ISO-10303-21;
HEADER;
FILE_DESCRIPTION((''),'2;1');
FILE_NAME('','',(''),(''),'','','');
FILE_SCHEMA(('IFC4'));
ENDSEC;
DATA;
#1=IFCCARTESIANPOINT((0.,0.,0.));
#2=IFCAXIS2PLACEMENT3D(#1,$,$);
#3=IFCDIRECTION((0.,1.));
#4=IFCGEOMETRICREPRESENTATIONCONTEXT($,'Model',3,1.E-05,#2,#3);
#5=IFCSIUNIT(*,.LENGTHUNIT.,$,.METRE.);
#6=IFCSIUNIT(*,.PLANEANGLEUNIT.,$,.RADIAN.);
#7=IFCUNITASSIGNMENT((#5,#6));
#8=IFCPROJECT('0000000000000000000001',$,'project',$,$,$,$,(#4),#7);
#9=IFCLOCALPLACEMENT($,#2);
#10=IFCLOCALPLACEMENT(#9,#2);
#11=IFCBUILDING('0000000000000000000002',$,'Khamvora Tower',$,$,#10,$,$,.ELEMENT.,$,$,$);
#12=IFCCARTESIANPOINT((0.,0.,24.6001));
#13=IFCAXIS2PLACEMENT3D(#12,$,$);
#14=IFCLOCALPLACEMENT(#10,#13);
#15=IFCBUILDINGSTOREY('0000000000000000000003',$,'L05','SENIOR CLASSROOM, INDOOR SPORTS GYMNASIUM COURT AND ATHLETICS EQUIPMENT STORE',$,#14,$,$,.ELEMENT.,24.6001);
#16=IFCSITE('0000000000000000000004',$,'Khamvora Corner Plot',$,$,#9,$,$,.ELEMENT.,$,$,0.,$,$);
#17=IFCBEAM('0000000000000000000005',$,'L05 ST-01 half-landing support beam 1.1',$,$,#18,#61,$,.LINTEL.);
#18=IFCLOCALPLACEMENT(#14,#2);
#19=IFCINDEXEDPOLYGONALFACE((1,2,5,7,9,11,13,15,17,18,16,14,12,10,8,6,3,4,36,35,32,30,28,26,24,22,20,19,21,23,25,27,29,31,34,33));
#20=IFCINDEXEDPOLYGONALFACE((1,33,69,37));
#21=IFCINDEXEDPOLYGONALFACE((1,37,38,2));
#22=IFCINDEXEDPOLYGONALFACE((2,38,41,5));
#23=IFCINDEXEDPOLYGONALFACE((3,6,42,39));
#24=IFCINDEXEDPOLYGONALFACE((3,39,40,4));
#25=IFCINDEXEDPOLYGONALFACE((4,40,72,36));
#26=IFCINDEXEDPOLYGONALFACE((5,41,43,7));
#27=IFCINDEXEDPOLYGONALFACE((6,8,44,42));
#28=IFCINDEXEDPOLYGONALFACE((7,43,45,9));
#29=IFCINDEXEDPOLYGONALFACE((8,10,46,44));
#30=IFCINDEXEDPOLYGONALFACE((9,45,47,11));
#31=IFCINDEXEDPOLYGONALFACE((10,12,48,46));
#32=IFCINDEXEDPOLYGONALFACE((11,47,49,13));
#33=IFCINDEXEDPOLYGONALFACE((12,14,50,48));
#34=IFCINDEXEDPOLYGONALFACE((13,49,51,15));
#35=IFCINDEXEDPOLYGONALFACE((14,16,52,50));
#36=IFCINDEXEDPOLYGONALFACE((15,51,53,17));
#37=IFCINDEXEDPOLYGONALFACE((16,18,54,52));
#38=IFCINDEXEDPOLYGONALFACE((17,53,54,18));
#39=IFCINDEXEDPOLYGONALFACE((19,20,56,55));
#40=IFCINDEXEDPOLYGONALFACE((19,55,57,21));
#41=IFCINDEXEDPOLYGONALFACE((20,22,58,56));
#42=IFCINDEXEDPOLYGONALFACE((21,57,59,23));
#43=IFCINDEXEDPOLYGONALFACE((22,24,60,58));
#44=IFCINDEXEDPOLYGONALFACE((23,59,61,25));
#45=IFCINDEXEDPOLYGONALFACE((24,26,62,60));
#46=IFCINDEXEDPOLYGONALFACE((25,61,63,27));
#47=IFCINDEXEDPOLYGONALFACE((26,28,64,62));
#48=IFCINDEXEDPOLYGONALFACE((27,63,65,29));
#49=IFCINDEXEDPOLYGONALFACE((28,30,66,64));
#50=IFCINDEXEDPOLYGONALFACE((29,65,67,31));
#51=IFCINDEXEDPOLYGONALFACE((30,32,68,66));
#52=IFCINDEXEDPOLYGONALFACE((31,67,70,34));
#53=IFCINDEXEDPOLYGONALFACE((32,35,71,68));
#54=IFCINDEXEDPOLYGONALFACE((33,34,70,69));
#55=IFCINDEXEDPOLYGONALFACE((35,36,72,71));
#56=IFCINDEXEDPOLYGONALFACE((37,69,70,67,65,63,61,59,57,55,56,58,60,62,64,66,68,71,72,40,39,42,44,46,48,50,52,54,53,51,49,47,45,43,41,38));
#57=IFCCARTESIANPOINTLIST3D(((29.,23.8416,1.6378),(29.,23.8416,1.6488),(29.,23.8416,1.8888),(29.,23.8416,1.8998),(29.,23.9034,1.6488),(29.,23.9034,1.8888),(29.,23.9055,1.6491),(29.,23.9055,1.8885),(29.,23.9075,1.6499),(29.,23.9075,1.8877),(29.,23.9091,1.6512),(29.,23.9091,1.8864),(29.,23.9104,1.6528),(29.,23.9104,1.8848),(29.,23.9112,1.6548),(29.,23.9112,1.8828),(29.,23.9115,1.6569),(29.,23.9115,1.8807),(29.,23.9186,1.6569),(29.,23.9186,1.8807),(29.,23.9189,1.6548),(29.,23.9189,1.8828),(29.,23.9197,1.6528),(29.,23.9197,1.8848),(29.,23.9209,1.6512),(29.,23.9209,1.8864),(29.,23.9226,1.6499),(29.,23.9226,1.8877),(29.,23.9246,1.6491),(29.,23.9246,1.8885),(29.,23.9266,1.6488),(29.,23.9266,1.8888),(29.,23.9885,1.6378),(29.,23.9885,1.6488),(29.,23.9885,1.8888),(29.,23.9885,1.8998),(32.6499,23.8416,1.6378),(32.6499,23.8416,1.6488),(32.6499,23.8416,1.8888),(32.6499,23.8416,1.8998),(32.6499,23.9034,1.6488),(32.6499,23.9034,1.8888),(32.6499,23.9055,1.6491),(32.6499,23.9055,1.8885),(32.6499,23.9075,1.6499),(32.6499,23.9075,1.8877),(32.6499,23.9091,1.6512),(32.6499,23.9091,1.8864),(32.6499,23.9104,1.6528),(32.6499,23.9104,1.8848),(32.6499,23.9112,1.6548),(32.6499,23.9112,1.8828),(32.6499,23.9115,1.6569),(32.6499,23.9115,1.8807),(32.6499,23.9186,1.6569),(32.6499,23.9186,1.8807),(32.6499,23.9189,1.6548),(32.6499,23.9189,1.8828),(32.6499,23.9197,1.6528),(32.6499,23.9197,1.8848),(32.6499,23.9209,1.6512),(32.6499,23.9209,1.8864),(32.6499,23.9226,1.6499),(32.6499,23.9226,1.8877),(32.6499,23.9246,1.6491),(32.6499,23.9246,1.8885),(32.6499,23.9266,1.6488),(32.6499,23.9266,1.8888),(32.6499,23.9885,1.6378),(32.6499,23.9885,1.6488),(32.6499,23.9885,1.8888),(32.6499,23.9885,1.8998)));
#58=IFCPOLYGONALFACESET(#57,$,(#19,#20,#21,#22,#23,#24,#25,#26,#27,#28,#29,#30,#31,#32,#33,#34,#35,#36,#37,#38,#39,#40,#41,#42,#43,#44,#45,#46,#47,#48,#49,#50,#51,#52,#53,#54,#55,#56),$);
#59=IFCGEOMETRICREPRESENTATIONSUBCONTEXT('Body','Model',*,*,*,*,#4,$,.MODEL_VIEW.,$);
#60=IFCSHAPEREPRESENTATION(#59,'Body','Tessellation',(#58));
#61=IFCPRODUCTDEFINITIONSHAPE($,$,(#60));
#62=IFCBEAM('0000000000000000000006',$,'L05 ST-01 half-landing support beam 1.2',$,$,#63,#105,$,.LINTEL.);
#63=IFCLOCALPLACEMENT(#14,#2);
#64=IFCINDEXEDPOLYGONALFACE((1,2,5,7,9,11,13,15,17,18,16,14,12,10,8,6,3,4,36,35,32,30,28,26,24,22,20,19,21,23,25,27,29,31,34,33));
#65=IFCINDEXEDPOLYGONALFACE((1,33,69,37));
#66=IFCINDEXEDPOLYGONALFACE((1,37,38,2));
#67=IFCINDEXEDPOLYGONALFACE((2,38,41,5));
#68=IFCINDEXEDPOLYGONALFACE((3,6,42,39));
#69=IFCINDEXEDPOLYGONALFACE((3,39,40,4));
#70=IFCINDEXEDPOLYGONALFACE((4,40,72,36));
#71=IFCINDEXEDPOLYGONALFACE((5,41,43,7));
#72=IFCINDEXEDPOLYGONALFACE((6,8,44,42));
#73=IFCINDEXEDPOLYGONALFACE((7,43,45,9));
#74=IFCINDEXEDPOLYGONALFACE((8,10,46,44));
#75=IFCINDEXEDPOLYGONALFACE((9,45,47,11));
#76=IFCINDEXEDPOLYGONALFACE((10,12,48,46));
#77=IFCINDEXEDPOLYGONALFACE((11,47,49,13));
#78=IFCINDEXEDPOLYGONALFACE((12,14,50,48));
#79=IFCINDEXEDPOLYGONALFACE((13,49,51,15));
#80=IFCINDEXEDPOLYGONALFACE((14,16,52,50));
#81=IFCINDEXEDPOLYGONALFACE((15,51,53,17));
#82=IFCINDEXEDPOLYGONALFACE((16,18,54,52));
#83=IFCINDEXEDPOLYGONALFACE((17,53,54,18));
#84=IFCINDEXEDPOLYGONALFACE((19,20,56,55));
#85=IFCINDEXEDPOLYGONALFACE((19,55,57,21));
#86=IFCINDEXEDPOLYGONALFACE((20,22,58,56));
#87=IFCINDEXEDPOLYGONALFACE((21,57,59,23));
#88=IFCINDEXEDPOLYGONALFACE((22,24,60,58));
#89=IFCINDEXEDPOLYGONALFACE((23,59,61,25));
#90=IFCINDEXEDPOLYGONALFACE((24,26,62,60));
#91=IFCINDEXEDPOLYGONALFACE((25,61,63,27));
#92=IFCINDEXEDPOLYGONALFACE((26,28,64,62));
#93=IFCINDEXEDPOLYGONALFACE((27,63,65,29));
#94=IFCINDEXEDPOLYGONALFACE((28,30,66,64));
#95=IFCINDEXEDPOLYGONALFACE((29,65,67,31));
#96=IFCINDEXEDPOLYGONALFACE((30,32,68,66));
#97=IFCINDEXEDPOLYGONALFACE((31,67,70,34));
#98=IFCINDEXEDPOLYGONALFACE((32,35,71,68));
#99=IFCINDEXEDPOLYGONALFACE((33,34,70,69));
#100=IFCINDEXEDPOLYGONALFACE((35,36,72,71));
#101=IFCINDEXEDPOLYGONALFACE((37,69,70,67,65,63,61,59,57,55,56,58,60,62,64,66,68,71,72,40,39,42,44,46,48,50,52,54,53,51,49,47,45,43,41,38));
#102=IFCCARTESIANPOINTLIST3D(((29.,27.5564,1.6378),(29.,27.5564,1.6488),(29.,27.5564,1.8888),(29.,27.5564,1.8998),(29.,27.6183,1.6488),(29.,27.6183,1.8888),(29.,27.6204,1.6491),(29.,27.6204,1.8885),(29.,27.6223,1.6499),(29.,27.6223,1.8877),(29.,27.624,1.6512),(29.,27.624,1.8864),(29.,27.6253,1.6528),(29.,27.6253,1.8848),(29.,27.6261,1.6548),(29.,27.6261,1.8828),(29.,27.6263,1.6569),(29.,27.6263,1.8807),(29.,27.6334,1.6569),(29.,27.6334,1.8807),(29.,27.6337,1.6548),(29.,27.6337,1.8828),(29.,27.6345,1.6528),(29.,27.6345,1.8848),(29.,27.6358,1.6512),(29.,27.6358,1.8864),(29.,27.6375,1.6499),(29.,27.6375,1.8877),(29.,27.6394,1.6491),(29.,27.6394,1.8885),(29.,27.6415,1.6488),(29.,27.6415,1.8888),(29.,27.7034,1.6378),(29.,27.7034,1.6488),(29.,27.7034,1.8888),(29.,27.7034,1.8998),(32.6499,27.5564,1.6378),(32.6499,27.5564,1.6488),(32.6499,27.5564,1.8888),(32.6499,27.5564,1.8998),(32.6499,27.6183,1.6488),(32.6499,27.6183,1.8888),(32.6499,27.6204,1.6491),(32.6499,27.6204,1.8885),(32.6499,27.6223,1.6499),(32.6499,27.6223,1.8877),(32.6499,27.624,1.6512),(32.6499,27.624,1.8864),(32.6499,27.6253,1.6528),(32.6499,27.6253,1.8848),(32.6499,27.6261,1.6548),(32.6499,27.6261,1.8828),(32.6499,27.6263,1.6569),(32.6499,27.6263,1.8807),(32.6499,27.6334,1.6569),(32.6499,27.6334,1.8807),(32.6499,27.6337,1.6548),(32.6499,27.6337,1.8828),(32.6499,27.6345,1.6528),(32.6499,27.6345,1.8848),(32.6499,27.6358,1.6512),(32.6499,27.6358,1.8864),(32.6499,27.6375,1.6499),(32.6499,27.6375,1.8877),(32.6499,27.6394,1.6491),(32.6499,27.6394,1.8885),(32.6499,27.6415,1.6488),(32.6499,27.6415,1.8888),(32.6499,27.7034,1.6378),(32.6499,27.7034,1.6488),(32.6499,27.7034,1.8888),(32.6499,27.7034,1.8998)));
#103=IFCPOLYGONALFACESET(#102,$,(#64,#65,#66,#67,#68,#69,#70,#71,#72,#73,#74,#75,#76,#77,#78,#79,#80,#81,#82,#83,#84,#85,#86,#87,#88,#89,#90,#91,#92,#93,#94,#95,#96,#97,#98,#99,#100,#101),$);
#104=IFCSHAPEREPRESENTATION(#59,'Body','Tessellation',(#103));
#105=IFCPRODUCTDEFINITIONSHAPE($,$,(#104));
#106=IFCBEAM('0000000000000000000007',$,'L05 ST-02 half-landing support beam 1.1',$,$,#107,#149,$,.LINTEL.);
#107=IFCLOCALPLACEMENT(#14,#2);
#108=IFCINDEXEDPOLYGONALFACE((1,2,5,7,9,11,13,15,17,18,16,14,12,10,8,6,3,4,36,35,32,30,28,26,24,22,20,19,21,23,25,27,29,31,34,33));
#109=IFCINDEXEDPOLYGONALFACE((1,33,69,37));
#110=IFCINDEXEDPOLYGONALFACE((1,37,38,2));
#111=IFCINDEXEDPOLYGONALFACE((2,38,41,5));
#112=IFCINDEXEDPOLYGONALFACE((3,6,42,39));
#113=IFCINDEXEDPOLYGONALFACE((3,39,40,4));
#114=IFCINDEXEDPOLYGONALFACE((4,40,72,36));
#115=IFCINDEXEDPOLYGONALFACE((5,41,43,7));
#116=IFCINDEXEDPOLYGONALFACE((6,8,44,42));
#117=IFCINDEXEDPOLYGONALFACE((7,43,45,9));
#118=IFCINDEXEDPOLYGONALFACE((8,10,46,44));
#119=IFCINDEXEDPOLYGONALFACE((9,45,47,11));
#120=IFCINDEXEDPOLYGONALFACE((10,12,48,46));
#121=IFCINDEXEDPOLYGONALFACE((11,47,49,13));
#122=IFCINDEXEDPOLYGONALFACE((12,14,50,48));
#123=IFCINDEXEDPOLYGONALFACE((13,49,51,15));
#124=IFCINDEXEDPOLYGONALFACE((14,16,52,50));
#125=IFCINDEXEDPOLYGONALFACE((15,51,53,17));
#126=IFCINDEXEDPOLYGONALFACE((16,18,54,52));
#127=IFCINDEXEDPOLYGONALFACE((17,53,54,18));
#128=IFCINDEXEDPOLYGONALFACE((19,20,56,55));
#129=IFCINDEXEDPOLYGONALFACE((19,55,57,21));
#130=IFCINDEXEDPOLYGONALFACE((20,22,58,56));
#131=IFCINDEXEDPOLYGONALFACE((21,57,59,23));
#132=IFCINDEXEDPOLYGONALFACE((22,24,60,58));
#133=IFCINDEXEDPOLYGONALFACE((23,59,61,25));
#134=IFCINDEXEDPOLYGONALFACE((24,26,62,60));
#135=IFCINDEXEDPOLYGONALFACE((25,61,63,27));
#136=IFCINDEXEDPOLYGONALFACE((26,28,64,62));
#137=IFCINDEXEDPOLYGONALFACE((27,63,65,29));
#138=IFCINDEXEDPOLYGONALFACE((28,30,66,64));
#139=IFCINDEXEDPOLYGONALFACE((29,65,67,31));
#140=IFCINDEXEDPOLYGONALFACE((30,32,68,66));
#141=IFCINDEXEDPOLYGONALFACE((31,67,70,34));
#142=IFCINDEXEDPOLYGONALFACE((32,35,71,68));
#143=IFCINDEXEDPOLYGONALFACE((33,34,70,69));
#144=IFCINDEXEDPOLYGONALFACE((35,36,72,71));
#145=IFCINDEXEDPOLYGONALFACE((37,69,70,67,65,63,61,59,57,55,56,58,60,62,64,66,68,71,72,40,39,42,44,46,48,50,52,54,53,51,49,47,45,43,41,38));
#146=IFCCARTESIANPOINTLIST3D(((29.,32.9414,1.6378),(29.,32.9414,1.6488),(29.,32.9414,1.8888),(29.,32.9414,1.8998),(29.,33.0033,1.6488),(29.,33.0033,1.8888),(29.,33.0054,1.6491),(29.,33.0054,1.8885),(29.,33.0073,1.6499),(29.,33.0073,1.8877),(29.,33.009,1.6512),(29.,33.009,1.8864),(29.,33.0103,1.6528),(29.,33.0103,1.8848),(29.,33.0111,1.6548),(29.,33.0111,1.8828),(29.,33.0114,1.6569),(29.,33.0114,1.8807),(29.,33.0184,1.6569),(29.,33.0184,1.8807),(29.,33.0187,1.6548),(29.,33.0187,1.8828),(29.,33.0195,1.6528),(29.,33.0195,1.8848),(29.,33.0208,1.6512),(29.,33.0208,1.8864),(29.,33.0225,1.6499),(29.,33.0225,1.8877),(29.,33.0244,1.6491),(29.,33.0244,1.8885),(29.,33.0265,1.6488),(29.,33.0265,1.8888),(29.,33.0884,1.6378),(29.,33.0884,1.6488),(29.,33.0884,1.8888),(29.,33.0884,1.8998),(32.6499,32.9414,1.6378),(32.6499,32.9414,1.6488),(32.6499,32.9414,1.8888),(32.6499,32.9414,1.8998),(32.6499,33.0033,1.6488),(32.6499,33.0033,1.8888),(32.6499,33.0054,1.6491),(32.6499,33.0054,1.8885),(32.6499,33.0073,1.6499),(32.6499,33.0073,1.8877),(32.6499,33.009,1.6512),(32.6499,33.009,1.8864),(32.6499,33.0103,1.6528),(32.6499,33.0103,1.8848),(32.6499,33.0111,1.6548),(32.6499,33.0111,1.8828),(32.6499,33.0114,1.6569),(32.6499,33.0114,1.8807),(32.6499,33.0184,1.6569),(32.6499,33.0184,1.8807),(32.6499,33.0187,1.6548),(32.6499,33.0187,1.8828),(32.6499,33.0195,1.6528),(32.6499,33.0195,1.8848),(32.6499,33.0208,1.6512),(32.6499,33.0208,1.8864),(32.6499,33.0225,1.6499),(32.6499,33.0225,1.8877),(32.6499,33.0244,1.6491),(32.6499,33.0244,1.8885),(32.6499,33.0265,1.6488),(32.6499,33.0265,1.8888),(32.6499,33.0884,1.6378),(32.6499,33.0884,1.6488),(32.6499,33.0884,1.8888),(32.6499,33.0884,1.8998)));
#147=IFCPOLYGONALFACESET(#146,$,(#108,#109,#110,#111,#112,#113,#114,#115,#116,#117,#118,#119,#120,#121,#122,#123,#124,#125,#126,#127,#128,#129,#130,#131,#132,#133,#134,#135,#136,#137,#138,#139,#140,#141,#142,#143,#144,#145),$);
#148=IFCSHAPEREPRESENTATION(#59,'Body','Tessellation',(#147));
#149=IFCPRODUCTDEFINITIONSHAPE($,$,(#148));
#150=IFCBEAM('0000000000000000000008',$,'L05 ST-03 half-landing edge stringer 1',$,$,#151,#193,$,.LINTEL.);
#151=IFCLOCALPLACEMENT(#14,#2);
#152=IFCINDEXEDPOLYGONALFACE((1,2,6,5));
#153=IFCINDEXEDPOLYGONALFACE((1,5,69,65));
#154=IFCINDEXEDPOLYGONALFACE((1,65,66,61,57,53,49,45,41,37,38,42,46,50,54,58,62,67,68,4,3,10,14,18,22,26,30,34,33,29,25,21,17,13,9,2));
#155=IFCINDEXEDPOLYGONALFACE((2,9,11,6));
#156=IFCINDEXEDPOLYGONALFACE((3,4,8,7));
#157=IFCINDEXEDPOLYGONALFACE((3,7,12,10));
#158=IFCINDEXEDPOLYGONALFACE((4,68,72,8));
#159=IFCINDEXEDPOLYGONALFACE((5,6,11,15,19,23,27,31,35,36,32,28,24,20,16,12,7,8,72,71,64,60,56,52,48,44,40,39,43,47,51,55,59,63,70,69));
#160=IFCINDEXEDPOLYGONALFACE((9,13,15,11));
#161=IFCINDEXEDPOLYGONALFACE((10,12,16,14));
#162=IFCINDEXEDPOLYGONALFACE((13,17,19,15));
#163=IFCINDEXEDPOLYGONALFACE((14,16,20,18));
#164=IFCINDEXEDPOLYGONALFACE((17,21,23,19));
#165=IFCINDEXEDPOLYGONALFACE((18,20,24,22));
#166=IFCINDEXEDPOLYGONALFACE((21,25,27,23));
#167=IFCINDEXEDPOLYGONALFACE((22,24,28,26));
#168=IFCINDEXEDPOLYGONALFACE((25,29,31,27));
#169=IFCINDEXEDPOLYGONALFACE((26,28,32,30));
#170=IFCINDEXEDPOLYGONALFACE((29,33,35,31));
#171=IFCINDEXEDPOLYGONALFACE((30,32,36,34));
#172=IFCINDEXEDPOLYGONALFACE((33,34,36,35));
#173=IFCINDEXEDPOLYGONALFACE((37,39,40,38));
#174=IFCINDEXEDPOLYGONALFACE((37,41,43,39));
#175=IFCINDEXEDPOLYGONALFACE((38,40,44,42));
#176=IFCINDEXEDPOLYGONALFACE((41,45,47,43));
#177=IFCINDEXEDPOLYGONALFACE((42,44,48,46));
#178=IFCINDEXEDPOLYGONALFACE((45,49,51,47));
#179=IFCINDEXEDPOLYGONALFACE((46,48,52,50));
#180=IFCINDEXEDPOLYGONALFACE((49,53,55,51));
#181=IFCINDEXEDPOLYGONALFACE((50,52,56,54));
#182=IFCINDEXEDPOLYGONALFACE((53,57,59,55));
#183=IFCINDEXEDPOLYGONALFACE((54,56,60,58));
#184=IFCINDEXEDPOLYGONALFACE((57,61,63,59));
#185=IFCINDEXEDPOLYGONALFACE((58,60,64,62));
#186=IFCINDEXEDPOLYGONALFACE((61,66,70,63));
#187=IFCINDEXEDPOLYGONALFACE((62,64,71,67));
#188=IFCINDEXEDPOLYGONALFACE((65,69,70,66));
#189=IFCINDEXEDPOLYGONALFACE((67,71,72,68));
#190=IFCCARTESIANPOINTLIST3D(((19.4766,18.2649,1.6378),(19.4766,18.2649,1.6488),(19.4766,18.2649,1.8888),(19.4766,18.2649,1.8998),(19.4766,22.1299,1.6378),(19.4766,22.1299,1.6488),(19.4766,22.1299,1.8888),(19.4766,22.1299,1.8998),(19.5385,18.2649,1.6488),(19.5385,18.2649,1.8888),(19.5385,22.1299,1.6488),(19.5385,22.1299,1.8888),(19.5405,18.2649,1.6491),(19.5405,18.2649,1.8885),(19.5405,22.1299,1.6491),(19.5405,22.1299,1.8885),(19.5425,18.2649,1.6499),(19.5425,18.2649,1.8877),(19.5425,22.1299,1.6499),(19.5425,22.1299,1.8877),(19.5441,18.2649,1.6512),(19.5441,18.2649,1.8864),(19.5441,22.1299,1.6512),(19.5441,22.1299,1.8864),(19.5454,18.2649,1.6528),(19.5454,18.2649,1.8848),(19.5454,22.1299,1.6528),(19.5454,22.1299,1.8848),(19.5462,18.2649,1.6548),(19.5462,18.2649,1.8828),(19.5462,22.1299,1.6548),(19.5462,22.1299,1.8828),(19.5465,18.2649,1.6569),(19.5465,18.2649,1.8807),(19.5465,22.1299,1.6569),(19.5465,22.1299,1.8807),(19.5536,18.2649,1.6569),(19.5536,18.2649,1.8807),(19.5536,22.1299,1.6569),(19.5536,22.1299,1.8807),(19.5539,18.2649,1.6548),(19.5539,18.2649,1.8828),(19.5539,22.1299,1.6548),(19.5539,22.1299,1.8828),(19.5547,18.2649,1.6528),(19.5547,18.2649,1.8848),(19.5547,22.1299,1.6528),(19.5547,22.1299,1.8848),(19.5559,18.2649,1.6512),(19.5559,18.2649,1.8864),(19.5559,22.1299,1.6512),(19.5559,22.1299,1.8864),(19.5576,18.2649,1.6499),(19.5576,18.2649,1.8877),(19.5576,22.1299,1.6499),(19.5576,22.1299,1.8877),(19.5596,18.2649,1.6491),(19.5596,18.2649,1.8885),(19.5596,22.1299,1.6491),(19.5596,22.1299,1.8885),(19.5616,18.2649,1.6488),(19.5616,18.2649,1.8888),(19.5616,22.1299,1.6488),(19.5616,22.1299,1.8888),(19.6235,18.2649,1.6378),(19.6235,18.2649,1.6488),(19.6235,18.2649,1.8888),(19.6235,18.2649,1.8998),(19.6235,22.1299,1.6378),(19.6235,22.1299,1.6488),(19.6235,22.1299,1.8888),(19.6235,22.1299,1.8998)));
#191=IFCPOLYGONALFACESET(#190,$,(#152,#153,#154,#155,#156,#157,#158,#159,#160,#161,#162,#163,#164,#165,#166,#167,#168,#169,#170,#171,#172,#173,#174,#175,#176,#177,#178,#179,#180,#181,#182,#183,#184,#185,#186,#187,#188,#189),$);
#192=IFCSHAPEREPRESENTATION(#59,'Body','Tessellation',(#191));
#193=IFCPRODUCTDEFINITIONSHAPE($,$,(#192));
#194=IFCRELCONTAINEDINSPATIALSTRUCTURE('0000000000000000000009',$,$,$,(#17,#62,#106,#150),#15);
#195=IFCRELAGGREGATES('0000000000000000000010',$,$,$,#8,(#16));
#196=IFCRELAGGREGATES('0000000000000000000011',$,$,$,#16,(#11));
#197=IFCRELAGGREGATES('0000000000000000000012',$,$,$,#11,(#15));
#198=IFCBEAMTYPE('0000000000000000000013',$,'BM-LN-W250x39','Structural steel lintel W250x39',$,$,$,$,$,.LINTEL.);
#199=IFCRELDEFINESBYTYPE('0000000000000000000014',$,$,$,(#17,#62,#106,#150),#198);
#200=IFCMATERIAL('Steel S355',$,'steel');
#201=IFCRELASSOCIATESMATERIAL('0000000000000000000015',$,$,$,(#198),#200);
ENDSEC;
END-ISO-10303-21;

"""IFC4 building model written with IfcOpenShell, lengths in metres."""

from ifc_helpers import new_model, si_unit, direction, frame, origin, origin_2d, place, context, subcontext, project, spatial, i_section, extrude, material, material_profile, profile_set, type_object, element, save


model = new_model("IFC4")

# Units and contexts
model_context = context("Model", 3, precision=1e-05, world=origin(), true_north=direction((0.0, 1.0)))
body_context = subcontext(model_context, "Body", "Model", "MODEL_VIEW")
ifc_project = project(units=[si_unit("LENGTHUNIT", "METRE"), si_unit("PLANEANGLEUNIT", "RADIAN")], contexts=[model_context])

# Site, building, storey
site_placement = place(None, origin())
site = spatial("IfcSite", under=ifc_project, at=site_placement, Name="Khamvora Corner Plot", CompositionType="ELEMENT", RefElevation=0.0)
building_placement = place(site_placement, origin())
building = spatial("IfcBuilding", under=site, at=building_placement, Name="Khamvora Tower", CompositionType="ELEMENT")
storey_placement = place(building_placement, frame((0.0, 0.0, 24.6001)))
storey = spatial("IfcBuildingStorey", under=building, at=storey_placement, Name="L05", Description="SENIOR CLASSROOM, INDOOR SPORTS GYMNASIUM COURT AND ATHLETICS EQUIPMENT STORE", CompositionType="ELEMENT", Elevation=24.6001)

# Beams
ifc_material_1 = material(Name="Steel S355", Category="steel")
ifc_material_profile_1 = material_profile(ifc_material_1, i_section(OverallWidth=0.147, OverallDepth=0.262, WebThickness=0.0071, FlangeThickness=0.011, FilletRadius=0.0081, at=origin_2d()), Name="W250x39")
ifc_profile_set_1 = profile_set([ifc_material_profile_1], Name="Steel S355")
beam_type_1 = type_object("IfcBeamType", Name="BM-LN-W250x39", Description="Structural steel lintel W250x39", PredefinedType="LINTEL", material=ifc_profile_set_1)
for number, where, z_axis, x_axis, name in (
    (1, (29.0, 23.915, 1.7688), (1.0, 0.0, 0.0), (0.0, 1.0, 0.0), "L05 ST-01 half-landing support beam 1.1"),
    (2, (29.0, 27.6299, 1.7688), (1.0, 0.0, 0.0), (0.0, 1.0, 0.0), "L05 ST-01 half-landing support beam 1.2"),
    (3, (29.0, 33.0149, 1.7688), (1.0, 0.0, 0.0), (0.0, 1.0, 0.0), "L05 ST-02 half-landing support beam 1.1"),
):
    element("IfcBeam", number, at=place(storey_placement, frame(where, z_axis=z_axis, x_axis=x_axis)), inside=storey, type_object=beam_type_1, Name=name, PredefinedType="LINTEL", context=body_context, shape_type="SweptSolid", body=[
        extrude(i_section(OverallWidth=0.147, OverallDepth=0.262, WebThickness=0.0071, FlangeThickness=0.011, FilletRadius=0.0081, at=origin_2d()), origin(), (0.0, 0.0, 1.0), 3.6499),
    ])
beam_placement = place(storey_placement, frame((19.55, 18.2649, 1.7688), z_axis=(0.0, 1.0, 0.0), x_axis=(-1.0, 0.0, 0.0)))
element("IfcBeam", 4, at=beam_placement, inside=storey, type_object=beam_type_1, Name="L05 ST-03 half-landing edge stringer 1", PredefinedType="LINTEL", context=body_context, shape_type="SweptSolid", body=[
    extrude(i_section(OverallWidth=0.147, OverallDepth=0.262, WebThickness=0.0071, FlangeThickness=0.011, FilletRadius=0.0081, at=origin_2d()), origin(), (0.0, 0.0, 1.0), 3.865),
])

save(model, "model.ifc")
